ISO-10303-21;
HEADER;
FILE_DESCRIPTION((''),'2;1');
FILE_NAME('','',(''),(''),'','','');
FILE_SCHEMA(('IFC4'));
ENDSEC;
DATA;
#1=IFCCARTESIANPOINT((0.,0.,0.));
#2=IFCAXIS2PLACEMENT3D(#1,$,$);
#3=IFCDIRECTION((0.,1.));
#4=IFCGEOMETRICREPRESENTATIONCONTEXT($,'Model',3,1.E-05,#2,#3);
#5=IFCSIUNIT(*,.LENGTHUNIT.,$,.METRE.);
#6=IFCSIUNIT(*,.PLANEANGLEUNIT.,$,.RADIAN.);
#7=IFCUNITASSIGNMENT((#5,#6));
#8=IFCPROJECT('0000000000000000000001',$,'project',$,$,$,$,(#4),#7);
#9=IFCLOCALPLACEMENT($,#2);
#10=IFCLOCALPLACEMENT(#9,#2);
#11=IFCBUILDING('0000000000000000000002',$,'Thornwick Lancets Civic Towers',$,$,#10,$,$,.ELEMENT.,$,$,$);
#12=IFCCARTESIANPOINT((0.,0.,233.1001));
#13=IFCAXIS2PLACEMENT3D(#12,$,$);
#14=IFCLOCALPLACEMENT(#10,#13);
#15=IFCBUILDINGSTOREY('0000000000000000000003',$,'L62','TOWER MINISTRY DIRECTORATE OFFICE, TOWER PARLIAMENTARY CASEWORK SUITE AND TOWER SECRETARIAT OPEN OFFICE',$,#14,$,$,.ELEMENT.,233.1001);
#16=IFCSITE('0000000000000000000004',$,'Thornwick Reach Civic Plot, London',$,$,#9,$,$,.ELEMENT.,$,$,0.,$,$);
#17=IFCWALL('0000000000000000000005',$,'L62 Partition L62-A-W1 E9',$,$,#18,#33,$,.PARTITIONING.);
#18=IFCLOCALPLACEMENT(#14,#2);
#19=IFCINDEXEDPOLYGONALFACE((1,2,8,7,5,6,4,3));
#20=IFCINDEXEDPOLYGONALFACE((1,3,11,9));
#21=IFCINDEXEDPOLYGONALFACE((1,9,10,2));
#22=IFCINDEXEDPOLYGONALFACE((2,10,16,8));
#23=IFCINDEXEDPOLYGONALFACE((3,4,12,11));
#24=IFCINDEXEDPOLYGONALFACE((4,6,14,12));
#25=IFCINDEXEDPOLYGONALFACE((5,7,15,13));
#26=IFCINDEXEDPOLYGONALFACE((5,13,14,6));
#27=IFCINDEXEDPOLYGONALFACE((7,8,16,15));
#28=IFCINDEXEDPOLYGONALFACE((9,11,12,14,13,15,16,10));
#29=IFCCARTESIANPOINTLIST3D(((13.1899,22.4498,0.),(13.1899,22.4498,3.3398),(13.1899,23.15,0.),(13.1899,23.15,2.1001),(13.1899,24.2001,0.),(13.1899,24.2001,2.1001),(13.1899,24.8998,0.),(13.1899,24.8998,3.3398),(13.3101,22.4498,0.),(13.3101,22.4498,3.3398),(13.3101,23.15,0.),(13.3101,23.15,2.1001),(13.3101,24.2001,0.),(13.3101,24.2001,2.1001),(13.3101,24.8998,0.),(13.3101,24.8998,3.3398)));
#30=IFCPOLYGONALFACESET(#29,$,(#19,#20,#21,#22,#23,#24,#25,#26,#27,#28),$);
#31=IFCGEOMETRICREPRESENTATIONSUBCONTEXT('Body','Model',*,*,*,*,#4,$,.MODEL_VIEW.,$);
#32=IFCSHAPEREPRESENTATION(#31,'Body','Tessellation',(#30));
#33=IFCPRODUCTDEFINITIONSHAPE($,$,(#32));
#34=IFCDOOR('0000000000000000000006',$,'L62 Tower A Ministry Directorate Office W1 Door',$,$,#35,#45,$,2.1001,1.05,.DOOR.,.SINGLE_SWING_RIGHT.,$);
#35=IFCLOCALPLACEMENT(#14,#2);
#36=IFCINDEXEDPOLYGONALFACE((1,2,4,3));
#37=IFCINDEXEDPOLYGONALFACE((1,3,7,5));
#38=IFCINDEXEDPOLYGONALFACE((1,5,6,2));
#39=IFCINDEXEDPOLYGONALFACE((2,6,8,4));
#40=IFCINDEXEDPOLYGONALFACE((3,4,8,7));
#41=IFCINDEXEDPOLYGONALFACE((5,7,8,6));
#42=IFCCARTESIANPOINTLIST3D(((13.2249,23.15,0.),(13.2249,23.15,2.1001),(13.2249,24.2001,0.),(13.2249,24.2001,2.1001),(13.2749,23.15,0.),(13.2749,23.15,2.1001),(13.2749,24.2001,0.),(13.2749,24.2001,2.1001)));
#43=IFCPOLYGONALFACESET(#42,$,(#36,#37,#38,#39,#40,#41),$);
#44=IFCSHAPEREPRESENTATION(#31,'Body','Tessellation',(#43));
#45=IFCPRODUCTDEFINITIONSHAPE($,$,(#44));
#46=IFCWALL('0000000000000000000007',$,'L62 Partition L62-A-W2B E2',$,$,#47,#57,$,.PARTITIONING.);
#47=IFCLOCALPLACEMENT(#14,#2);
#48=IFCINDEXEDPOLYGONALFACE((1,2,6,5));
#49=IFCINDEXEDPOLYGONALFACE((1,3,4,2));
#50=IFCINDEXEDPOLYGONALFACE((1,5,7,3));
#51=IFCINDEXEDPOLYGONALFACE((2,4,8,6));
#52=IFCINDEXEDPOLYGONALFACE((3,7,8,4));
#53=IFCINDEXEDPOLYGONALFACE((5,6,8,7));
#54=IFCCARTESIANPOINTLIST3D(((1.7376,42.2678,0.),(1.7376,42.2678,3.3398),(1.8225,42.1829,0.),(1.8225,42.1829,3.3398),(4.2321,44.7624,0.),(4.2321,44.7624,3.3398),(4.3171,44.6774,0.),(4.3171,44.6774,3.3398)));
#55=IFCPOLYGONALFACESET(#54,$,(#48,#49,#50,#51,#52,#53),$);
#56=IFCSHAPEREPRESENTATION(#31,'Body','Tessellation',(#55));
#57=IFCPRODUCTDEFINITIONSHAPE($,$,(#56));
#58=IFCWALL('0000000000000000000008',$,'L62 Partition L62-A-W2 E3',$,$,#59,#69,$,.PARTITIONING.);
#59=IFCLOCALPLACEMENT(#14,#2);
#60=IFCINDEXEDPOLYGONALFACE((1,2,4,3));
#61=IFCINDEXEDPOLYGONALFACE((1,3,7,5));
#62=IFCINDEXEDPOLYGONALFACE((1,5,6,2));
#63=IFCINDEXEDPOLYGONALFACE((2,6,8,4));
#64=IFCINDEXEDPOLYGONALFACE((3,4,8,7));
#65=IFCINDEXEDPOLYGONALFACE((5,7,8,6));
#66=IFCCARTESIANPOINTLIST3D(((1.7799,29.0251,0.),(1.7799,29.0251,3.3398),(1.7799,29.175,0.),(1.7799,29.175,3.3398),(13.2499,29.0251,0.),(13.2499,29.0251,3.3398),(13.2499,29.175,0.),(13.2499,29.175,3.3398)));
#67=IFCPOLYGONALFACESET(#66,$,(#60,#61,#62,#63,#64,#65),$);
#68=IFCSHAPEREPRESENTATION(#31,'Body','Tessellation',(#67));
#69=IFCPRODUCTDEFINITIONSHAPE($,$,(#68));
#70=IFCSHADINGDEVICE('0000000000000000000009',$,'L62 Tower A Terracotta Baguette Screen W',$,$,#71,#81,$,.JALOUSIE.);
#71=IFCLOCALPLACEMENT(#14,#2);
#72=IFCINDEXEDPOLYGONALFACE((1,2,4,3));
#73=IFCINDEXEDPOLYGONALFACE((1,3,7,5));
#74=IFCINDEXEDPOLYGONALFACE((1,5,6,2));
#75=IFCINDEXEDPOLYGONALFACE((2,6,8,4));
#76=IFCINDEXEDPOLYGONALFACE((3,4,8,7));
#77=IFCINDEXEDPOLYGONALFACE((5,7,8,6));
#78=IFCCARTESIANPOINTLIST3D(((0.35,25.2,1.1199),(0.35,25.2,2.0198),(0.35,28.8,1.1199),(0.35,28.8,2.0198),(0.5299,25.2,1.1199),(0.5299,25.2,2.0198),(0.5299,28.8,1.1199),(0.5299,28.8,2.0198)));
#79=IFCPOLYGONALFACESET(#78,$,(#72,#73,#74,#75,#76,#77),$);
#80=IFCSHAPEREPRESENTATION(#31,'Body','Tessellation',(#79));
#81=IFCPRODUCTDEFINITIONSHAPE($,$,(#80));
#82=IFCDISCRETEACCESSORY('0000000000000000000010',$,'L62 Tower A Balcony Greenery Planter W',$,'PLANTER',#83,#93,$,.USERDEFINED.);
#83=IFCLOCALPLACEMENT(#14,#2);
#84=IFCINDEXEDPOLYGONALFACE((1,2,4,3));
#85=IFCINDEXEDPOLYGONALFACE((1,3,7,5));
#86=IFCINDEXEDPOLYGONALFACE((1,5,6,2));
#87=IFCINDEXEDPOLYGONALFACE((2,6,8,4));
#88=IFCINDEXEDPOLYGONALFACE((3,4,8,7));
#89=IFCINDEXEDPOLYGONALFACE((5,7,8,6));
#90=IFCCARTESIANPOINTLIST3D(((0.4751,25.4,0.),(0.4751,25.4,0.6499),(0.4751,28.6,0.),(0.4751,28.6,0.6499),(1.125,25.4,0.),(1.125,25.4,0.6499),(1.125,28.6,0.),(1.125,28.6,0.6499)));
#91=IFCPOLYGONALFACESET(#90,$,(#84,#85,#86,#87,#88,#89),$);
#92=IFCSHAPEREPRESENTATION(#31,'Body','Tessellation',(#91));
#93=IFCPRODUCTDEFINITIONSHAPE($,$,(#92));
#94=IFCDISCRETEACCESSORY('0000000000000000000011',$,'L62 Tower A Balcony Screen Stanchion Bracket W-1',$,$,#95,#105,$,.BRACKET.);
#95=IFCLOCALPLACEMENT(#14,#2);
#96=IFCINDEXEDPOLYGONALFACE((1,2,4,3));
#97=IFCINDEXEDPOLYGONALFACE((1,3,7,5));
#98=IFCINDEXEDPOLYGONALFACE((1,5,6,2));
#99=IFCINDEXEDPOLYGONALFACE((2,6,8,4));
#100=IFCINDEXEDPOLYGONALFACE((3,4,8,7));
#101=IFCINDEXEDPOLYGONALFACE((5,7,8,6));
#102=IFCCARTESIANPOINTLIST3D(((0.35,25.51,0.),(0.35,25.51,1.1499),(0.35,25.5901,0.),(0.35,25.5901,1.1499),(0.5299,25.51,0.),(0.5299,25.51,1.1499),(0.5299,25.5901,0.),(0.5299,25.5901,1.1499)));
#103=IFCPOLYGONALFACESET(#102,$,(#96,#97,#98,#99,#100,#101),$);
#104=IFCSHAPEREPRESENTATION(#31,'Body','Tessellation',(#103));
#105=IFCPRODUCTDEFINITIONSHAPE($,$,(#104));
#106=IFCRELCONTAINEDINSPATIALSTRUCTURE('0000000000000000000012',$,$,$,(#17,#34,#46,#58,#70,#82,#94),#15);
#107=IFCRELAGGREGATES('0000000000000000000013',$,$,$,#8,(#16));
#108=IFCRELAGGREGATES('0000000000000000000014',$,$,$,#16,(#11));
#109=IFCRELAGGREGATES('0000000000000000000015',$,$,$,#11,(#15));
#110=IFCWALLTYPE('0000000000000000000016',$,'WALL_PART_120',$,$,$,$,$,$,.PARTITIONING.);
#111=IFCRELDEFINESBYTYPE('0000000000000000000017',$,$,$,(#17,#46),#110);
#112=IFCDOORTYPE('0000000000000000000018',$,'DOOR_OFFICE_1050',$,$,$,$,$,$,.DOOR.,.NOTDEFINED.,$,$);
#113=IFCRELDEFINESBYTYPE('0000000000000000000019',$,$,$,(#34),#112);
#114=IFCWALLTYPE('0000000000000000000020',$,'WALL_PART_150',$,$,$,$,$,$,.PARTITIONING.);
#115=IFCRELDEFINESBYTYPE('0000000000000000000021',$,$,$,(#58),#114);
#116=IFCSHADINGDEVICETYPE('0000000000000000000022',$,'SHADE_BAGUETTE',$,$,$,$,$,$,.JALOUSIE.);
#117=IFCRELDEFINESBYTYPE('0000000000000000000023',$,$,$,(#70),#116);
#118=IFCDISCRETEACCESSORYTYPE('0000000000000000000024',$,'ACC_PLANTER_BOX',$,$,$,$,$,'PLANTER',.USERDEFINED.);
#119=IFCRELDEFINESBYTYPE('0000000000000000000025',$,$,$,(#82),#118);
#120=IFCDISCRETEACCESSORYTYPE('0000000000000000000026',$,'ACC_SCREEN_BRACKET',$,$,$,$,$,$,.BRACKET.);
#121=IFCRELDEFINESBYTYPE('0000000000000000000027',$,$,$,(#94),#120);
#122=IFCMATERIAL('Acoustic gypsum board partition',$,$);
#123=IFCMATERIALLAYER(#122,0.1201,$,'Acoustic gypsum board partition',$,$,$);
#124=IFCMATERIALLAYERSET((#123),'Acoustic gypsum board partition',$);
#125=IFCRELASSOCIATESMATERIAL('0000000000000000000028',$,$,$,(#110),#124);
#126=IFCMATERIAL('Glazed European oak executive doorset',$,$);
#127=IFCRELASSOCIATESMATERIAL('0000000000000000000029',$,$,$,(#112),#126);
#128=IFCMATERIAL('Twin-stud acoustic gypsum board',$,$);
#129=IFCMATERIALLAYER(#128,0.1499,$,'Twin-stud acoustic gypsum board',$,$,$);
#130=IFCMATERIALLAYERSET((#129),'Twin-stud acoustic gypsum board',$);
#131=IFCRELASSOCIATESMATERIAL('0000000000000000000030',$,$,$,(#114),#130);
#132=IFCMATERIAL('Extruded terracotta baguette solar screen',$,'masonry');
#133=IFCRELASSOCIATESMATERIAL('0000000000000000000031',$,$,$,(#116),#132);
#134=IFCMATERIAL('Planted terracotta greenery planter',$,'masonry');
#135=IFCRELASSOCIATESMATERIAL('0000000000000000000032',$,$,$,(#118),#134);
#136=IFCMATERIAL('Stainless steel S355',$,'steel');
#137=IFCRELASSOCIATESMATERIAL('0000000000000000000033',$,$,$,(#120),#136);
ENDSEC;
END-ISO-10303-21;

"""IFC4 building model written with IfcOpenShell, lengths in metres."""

from ifc_helpers import new_model, si_unit, direction, frame, frame_2d, origin, origin_2d, place, context, subcontext, project, spatial, rectangle, extrude, material, layer, layer_set, type_object, element, fill, save


model = new_model("IFC4")

# Units and contexts
model_context = context("Model", 3, precision=1e-05, world=origin(), true_north=direction((0.0, 1.0)))
body_context = subcontext(model_context, "Body", "Model", "MODEL_VIEW")
ifc_project = project(units=[si_unit("LENGTHUNIT", "METRE"), si_unit("PLANEANGLEUNIT", "RADIAN")], contexts=[model_context])

# Site, building, storey
site_placement = place(None, origin())
site = spatial("IfcSite", under=ifc_project, at=site_placement, Name="Thornwick Reach Civic Plot, London", CompositionType="ELEMENT", RefElevation=0.0)
building_placement = place(site_placement, origin())
building = spatial("IfcBuilding", under=site, at=building_placement, Name="Thornwick Lancets Civic Towers", CompositionType="ELEMENT")
storey_placement = place(building_placement, frame((0.0, 0.0, 233.1001)))
storey = spatial("IfcBuildingStorey", under=building, at=storey_placement, Name="L62", Description="TOWER MINISTRY DIRECTORATE OFFICE, TOWER PARLIAMENTARY CASEWORK SUITE AND TOWER SECRETARIAT OPEN OFFICE", CompositionType="ELEMENT", Elevation=233.1001)

# Shared definitions
ifc_material_1 = material(Name="Acoustic gypsum board partition")
ifc_layer_1 = layer(ifc_material_1, 0.1201, Name="Acoustic gypsum board partition")
ifc_layer_set_1 = layer_set([ifc_layer_1], Name="Acoustic gypsum board partition")
wall_type_1 = type_object("IfcWallType", Name="WALL_PART_120", PredefinedType="PARTITIONING", material=ifc_layer_set_1)

# Wall, opening, door
wall_1_placement = place(storey_placement, frame((13.25, 24.8999, 0.0), z_axis=(0.0, 0.0, 1.0), x_axis=(0.0, -1.0, 0.0)))
wall_1 = element("IfcWall", 1, at=wall_1_placement, inside=storey, type_object=wall_type_1, Name="L62 Partition L62-A-W1 E9", PredefinedType="PARTITIONING", context=body_context, shape_type="SweptSolid", body=[
    extrude(rectangle(XDim=2.45, YDim=0.1201, at=frame_2d((1.2251, 0.0))), origin(), (0.0, 0.0, 1.0), 3.3398),
])
opening_1_placement = place(wall_1_placement, frame((0.7, 0.0, 0.0)))
opening_1 = element("IfcOpeningElement", 2, at=opening_1_placement, cuts=wall_1, PredefinedType="OPENING", context=body_context, shape_type="SweptSolid", body=[
    extrude(rectangle(XDim=1.05, YDim=2.1001, at=frame_2d((0.5249, 1.05))), frame((0.0, 0.0701, 0.0), z_axis=(0.0, -1.0, 0.0), x_axis=(1.0, 0.0, 0.0)), (0.0, 0.0, 1.0), 0.1401),
])
ifc_material_2 = material(Name="Glazed European oak executive doorset")
door_type_1 = type_object("IfcDoorType", Name="DOOR_OFFICE_1050", OperationType="NOTDEFINED", PredefinedType="DOOR", material=ifc_material_2)
door_1_placement = place(opening_1_placement, origin())
door_1 = element("IfcDoor", 3, at=door_1_placement, inside=storey, type_object=door_type_1, Name="L62 Tower A Ministry Directorate Office W1 Door", OperationType="SINGLE_SWING_RIGHT", OverallHeight=2.1001, OverallWidth=1.05, PredefinedType="DOOR", context=body_context, shape_type="SweptSolid", body=[
    extrude(rectangle(XDim=1.05, YDim=2.1001, at=frame_2d((0.5249, 1.05))), frame((0.0, 0.0249, 0.0), z_axis=(0.0, -1.0, 0.0), x_axis=(1.0, 0.0, 0.0)), (0.0, 0.0, 1.0), 0.05),
])
fill(opening_1, door_1)

# Walls
wall_2_placement = place(storey_placement, frame((1.78, 42.2253, 0.0), z_axis=(0.0, 0.0, 1.0), x_axis=(0.707107, 0.707107, 0.0)))
element("IfcWall", 4, at=wall_2_placement, inside=storey, type_object=wall_type_1, Name="L62 Partition L62-A-W2B E2", PredefinedType="PARTITIONING", context=body_context, shape_type="SweptSolid", body=[
    extrude(rectangle(XDim=3.5278, YDim=0.1201, at=frame_2d((1.7639, 0.0))), origin(), (0.0, 0.0, 1.0), 3.3398),
])
ifc_material_3 = material(Name="Twin-stud acoustic gypsum board")
ifc_layer_2 = layer(ifc_material_3, 0.1499, Name="Twin-stud acoustic gypsum board")
ifc_layer_set_2 = layer_set([ifc_layer_2], Name="Twin-stud acoustic gypsum board")
wall_type_2 = type_object("IfcWallType", Name="WALL_PART_150", PredefinedType="PARTITIONING", material=ifc_layer_set_2)
wall_3_placement = place(storey_placement, frame((1.78, 29.1001, 0.0), z_axis=(0.0, 0.0, 1.0), x_axis=(1.0, 0.0, 0.0)))
element("IfcWall", 5, at=wall_3_placement, inside=storey, type_object=wall_type_2, Name="L62 Partition L62-A-W2 E3", PredefinedType="PARTITIONING", context=body_context, shape_type="SweptSolid", body=[
    extrude(rectangle(XDim=11.47, YDim=0.1499, at=frame_2d((5.7349, 0.0))), origin(), (0.0, 0.0, 1.0), 3.3398),
])

# Shading device
ifc_material_4 = material(Name="Extruded terracotta baguette solar screen", Category="masonry")
shading_device_type = type_object("IfcShadingDeviceType", Name="SHADE_BAGUETTE", PredefinedType="JALOUSIE", material=ifc_material_4)
shading_device_placement = place(storey_placement, frame((0.4399, 27.0, 1.1199), z_axis=(0.0, 0.0, 1.0), x_axis=(0.0, 1.0, 0.0)))
element("IfcShadingDevice", 6, at=shading_device_placement, inside=storey, type_object=shading_device_type, Name="L62 Tower A Terracotta Baguette Screen W", PredefinedType="JALOUSIE", context=body_context, shape_type="SweptSolid", body=[
    extrude(rectangle(XDim=3.6001, YDim=0.1799, at=origin_2d()), origin(), (0.0, 0.0, 1.0), 0.8999),
])

# Discrete accessories
ifc_material_5 = material(Name="Planted terracotta greenery planter", Category="masonry")
discrete_accessory_type_1 = type_object("IfcDiscreteAccessoryType", Name="ACC_PLANTER_BOX", ElementType="PLANTER", PredefinedType="USERDEFINED", material=ifc_material_5)
discrete_accessory_1_placement = place(storey_placement, frame((0.8, 27.0, 0.0), z_axis=(0.0, 0.0, 1.0), x_axis=(1.0, 0.0, 0.0)))
element("IfcDiscreteAccessory", 7, at=discrete_accessory_1_placement, inside=storey, type_object=discrete_accessory_type_1, Name="L62 Tower A Balcony Greenery Planter W", ObjectType="PLANTER", PredefinedType="USERDEFINED", context=body_context, shape_type="SweptSolid", body=[
    extrude(rectangle(XDim=0.6499, YDim=3.2, at=origin_2d()), origin(), (0.0, 0.0, 1.0), 0.6499),
])
ifc_material_6 = material(Name="Stainless steel S355", Category="steel")
discrete_accessory_type_2 = type_object("IfcDiscreteAccessoryType", Name="ACC_SCREEN_BRACKET", PredefinedType="BRACKET", material=ifc_material_6)
discrete_accessory_2_placement = place(storey_placement, frame((0.4399, 25.55, 0.0), z_axis=(0.0, 0.0, 1.0), x_axis=(0.0, 1.0, 0.0)))
element("IfcDiscreteAccessory", 8, at=discrete_accessory_2_placement, inside=storey, type_object=discrete_accessory_type_2, Name="L62 Tower A Balcony Screen Stanchion Bracket W-1", PredefinedType="BRACKET", context=body_context, shape_type="SweptSolid", body=[
    extrude(rectangle(XDim=0.0801, YDim=0.1799, at=origin_2d()), origin(), (0.0, 0.0, 1.0), 1.1499),
])

save(model, "model.ifc")
